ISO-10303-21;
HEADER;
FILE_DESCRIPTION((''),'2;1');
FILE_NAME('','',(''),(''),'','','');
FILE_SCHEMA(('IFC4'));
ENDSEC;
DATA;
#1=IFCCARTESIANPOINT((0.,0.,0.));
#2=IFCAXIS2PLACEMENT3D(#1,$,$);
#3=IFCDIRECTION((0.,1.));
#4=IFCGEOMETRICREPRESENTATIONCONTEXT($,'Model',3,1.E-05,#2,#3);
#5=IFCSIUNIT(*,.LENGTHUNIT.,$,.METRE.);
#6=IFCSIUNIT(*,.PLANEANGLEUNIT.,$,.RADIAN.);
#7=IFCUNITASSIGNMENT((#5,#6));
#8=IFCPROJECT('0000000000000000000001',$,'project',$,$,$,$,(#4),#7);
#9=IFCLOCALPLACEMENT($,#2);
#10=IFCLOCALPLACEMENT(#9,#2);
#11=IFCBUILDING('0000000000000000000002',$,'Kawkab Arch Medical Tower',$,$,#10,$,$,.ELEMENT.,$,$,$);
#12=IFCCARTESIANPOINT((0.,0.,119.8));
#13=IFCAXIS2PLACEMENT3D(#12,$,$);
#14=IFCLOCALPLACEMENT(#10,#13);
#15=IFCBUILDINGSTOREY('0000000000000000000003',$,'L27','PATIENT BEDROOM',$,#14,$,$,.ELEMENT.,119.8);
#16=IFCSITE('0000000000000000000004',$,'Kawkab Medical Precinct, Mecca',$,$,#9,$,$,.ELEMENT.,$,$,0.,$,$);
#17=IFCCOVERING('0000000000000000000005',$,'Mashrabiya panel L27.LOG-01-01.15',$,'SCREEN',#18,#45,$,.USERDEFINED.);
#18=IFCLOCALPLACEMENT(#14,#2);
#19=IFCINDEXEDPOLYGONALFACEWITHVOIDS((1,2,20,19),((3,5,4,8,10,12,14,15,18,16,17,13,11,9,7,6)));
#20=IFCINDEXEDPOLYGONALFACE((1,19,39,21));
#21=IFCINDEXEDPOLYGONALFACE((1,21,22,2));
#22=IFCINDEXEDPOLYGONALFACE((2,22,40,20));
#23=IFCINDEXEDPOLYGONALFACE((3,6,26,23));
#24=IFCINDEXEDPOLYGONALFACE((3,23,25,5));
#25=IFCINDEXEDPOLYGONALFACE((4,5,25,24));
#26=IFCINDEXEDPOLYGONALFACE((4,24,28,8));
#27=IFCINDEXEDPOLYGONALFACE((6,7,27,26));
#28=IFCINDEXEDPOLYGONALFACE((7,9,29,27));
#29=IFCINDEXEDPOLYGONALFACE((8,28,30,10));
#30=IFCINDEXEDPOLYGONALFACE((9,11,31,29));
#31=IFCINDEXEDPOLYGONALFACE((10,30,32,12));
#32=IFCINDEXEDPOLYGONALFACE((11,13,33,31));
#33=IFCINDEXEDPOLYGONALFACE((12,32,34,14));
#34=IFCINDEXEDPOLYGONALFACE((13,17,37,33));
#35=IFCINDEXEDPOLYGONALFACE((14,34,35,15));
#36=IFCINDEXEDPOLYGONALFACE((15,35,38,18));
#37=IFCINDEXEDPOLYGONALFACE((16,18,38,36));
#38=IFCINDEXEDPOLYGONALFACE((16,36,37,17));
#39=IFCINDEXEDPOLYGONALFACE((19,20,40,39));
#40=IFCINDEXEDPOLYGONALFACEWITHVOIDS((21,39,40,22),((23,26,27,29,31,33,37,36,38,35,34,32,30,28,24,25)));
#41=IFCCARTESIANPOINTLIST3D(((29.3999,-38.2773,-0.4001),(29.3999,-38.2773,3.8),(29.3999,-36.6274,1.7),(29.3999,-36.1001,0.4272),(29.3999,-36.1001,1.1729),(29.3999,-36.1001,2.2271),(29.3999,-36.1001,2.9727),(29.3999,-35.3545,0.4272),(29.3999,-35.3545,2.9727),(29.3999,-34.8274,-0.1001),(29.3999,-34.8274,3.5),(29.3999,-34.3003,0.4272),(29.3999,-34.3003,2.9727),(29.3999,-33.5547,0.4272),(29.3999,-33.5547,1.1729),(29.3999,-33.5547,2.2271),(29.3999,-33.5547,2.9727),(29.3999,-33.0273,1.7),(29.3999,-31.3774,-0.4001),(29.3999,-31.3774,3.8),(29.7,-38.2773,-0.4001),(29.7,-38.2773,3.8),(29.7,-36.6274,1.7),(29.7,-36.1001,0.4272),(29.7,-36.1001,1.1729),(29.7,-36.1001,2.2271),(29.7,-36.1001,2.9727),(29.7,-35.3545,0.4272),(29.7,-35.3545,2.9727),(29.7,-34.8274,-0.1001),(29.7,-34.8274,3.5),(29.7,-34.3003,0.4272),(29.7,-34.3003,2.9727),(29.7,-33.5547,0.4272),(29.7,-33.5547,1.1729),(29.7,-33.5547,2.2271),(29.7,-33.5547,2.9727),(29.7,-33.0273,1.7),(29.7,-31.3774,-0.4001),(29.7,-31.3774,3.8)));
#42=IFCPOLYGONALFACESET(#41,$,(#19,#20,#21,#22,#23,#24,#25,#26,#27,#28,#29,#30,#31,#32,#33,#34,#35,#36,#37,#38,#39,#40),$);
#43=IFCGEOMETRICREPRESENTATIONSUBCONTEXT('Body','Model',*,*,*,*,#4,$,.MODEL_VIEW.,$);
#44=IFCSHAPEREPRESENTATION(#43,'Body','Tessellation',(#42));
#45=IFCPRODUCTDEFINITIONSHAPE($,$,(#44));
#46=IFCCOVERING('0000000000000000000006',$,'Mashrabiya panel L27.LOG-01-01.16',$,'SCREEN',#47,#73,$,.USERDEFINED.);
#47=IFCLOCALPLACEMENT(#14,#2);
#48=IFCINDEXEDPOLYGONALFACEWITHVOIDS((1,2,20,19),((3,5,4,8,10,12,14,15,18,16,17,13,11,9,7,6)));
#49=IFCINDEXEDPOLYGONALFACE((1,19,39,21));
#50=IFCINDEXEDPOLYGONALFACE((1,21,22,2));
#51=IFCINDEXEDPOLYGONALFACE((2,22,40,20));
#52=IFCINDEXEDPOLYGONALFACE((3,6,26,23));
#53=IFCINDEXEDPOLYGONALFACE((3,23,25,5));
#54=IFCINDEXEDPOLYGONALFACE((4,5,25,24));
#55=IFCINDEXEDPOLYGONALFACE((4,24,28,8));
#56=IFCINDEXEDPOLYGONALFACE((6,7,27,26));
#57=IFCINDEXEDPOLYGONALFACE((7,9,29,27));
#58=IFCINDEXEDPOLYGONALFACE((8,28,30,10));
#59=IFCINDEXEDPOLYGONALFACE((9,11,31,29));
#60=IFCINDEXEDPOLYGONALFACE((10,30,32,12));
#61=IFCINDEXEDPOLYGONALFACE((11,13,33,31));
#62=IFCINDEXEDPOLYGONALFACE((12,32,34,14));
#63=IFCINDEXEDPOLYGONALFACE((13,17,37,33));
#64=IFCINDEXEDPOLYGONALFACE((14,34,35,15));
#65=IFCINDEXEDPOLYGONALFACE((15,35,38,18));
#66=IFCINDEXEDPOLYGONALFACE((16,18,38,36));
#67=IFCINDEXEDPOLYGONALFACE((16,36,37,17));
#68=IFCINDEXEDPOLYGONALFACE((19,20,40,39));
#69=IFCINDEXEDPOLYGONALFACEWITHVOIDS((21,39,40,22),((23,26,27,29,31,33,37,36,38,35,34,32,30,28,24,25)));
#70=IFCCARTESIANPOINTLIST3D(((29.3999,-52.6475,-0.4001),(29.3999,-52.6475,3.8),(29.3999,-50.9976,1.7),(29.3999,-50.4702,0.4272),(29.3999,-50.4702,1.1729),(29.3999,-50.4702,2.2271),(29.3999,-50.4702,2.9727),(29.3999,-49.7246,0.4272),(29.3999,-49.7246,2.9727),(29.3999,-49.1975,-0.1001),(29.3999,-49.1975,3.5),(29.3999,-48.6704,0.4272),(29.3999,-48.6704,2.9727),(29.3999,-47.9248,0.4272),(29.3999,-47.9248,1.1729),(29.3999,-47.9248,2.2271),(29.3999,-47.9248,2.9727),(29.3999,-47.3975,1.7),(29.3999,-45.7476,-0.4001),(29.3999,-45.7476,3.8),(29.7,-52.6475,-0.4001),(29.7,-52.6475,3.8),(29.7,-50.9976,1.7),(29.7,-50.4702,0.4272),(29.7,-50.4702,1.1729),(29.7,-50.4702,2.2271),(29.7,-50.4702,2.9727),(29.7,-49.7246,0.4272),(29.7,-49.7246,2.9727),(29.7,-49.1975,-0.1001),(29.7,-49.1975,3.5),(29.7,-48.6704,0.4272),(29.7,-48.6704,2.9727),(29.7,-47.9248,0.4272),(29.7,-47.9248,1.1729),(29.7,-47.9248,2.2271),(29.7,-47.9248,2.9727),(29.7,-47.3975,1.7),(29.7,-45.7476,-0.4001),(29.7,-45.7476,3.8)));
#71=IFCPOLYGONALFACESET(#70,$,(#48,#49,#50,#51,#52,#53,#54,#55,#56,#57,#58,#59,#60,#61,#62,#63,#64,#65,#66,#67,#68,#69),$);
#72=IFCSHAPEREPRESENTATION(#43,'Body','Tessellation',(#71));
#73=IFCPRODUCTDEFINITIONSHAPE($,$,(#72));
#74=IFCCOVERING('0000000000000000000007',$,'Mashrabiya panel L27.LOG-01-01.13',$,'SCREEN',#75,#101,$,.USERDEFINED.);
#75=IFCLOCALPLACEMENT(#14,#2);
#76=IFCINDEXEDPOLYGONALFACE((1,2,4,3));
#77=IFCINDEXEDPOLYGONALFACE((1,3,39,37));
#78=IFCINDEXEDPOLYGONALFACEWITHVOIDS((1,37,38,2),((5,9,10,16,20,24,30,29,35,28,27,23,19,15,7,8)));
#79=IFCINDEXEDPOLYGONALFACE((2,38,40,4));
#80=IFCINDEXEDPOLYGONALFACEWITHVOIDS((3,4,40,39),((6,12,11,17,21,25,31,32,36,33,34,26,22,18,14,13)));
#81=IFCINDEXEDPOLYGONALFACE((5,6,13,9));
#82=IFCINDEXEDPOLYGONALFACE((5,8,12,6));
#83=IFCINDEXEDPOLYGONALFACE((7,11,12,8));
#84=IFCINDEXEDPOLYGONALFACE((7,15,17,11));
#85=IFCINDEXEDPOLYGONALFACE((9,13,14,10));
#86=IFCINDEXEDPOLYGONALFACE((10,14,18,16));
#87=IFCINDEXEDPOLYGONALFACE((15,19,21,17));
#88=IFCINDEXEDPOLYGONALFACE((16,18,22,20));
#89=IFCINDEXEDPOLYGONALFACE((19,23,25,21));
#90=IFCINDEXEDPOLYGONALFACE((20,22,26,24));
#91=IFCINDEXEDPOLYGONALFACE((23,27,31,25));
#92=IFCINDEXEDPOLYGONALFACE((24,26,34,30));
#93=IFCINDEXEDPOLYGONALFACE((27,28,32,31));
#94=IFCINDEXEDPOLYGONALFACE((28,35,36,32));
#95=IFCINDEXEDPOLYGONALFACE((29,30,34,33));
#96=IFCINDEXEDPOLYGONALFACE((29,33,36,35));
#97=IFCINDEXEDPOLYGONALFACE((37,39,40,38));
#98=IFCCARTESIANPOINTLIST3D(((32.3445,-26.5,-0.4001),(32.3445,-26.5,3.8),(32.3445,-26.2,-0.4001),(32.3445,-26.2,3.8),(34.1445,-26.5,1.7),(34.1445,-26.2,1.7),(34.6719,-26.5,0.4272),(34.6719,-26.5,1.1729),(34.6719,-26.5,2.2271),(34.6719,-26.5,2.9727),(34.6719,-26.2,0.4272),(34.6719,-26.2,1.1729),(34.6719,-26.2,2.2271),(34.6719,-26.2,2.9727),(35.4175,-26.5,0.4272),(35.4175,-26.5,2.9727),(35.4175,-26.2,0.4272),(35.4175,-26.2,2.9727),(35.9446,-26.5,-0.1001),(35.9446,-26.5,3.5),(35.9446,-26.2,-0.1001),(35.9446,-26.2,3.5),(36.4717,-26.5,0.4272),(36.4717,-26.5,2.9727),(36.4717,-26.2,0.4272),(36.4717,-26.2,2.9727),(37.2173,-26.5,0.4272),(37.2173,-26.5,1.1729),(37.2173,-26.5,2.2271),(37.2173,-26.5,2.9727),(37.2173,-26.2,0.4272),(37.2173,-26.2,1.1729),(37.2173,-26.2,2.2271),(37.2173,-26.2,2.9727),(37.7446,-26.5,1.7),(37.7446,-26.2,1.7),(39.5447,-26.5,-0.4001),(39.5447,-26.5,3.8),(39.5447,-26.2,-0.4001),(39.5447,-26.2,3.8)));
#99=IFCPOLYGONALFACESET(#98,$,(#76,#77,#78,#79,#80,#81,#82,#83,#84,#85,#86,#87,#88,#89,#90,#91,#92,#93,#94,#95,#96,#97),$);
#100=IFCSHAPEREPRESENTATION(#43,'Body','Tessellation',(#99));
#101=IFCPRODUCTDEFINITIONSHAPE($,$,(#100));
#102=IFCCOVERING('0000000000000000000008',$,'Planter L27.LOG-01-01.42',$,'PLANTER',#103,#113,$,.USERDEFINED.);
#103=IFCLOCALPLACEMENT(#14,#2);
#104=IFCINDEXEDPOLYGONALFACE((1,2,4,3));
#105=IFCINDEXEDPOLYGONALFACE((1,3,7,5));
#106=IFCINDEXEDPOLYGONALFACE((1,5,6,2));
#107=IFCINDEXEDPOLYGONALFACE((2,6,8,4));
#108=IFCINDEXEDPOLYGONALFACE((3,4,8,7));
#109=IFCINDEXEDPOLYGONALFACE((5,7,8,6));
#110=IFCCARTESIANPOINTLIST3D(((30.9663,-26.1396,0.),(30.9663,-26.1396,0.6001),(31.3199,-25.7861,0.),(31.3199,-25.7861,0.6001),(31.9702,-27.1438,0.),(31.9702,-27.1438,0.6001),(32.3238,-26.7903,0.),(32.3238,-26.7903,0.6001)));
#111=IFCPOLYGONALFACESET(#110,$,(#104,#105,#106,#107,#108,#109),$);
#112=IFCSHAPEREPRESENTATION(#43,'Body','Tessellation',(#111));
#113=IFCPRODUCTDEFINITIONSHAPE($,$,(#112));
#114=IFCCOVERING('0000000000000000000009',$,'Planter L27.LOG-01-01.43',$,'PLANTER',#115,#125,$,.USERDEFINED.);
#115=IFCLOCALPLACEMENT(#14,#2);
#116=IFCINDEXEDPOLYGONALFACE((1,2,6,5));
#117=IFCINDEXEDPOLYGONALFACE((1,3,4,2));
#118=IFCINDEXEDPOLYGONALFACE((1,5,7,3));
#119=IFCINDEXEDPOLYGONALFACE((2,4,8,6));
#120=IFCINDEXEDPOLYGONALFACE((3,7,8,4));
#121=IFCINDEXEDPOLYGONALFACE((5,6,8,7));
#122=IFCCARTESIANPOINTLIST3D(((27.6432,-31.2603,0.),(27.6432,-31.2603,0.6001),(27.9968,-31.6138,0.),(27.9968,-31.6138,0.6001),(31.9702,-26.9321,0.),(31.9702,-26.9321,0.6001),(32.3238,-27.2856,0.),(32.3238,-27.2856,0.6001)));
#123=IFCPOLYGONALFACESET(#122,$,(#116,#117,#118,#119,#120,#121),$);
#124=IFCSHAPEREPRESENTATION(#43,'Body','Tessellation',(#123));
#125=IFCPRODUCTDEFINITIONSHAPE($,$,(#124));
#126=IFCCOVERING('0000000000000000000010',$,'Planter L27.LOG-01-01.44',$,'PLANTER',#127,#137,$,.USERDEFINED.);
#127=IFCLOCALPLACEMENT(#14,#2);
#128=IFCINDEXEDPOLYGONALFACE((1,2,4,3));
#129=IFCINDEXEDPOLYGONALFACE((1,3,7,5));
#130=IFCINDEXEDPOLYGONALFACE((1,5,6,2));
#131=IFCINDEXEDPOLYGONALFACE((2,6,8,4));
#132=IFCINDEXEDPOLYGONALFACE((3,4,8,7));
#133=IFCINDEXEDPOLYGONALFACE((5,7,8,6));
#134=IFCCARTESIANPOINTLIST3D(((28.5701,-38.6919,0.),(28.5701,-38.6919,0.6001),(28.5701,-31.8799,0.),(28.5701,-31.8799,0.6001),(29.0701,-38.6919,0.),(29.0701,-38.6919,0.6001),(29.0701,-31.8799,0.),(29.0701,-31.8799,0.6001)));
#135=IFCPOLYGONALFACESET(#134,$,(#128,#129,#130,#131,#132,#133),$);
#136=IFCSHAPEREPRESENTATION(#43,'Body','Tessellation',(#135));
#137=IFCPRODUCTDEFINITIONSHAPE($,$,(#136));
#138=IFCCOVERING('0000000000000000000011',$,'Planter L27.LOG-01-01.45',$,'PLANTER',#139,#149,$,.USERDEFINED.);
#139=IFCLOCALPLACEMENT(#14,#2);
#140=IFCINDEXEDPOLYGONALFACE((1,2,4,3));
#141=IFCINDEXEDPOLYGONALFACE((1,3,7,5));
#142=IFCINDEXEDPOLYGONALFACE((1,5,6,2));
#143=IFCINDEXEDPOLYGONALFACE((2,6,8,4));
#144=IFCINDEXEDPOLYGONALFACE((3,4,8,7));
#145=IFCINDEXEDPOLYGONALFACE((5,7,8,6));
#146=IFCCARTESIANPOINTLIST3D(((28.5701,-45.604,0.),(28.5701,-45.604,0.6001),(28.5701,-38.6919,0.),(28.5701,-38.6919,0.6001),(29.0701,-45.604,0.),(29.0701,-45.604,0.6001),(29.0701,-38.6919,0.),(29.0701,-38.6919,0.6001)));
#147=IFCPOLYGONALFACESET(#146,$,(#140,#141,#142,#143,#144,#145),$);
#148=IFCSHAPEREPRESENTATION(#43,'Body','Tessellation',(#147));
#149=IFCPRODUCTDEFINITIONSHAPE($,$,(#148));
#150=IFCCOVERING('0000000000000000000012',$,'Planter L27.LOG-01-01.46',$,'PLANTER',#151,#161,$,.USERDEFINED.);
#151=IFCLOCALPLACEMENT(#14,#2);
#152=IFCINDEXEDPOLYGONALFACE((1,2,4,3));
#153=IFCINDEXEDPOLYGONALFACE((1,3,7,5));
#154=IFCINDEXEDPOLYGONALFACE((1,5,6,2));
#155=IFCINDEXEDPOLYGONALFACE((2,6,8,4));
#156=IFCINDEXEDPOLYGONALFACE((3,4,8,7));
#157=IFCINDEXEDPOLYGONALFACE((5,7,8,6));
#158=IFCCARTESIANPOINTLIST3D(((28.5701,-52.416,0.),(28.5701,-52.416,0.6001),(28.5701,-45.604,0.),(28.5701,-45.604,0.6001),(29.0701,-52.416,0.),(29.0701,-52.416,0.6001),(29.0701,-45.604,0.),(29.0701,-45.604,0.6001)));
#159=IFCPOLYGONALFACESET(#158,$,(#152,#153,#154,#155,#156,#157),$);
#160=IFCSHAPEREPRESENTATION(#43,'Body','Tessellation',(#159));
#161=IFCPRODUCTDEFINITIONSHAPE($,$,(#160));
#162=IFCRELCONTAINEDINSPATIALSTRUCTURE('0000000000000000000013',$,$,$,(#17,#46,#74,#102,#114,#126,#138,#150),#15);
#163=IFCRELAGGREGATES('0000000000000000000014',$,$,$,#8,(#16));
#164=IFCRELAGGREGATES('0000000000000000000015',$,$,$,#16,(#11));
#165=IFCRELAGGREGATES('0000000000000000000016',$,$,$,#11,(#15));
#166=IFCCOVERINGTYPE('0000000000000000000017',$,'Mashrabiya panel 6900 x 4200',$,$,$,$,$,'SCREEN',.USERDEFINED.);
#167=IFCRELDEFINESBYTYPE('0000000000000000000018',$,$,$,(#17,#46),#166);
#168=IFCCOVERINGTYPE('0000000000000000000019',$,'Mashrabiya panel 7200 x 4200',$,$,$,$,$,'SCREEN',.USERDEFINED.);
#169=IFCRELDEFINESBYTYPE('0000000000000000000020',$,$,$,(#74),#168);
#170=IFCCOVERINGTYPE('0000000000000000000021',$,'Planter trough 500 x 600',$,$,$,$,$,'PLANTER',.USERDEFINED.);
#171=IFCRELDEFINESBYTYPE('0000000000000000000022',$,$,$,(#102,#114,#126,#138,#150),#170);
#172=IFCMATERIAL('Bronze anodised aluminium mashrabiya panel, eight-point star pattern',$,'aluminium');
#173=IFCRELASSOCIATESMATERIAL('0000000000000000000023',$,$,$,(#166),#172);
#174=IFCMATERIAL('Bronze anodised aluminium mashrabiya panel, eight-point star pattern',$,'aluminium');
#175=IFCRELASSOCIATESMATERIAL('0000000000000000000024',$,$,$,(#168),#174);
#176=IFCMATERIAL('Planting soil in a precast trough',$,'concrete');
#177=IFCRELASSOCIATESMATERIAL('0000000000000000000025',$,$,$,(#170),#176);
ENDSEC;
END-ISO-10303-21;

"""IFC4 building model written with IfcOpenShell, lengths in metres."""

from ifc_helpers import new_model, si_unit, direction, frame, origin, origin_2d, place, context, subcontext, project, spatial, polyline, rectangle, outline, extrude, material, material_profile, profile_set, type_object, element, save


model = new_model("IFC4")

# Units and contexts
model_context = context("Model", 3, precision=1e-05, world=origin(), true_north=direction((0.0, 1.0)))
body_context = subcontext(model_context, "Body", "Model", "MODEL_VIEW")
ifc_project = project(units=[si_unit("LENGTHUNIT", "METRE"), si_unit("PLANEANGLEUNIT", "RADIAN")], contexts=[model_context])

# Site, building, storey
site_placement = place(None, origin())
site = spatial("IfcSite", under=ifc_project, at=site_placement, Name="Kawkab Medical Precinct, Mecca", CompositionType="ELEMENT", RefElevation=0.0)
building_placement = place(site_placement, origin())
building = spatial("IfcBuilding", under=site, at=building_placement, Name="Kawkab Arch Medical Tower", CompositionType="ELEMENT")
storey_placement = place(building_placement, frame((0.0, 0.0, 119.8)))
storey = spatial("IfcBuildingStorey", under=building, at=storey_placement, Name="L27", Description="PATIENT BEDROOM", CompositionType="ELEMENT", Elevation=119.8)

# Coverings
ifc_material_1 = material(Name="Bronze anodised aluminium mashrabiya panel, eight-point star pattern", Category="aluminium")
ifc_material_profile_1 = material_profile(ifc_material_1, outline(polyline([(-3.45, -2.1001), (3.45, -2.1001), (3.45, 2.1001), (-3.45, 2.1001), (-3.45, -2.1001)]), holes=[polyline([(1.8, 0.0), (1.2727, 0.5271), (1.2727, 1.2727), (0.5271, 1.2727), (0.0, 1.8), (-0.5271, 1.2727), (-1.2727, 1.2727), (-1.2727, 0.5271), (-1.8, 0.0), (-1.2727, -0.5271), (-1.2727, -1.2727), (-0.5271, -1.2727), (0.0, -1.8), (0.5271, -1.2727), (1.2727, -1.2727), (1.2727, -0.5271), (1.8, 0.0)])]), Name="Mashrabiya panel 6900x4200")
ifc_profile_set_1 = profile_set([ifc_material_profile_1], Name="Bronze anodised aluminium mashrabiya panel, eight-point star pattern")
covering_type_1 = type_object("IfcCoveringType", Name="Mashrabiya panel 6900 x 4200", ElementType="SCREEN", PredefinedType="USERDEFINED", material=ifc_profile_set_1)
for number, where, z_axis, x_axis, name in (
    (1, (29.3999, -34.8274, 1.7), (1.0, 0.0, 0.0), (0.0, 1.0, 0.0), "Mashrabiya panel L27.LOG-01-01.15"),
    (2, (29.3999, -49.1975, 1.7), (1.0, 0.0, 0.0), (0.0, 1.0, 0.0), "Mashrabiya panel L27.LOG-01-01.16"),
):
    element("IfcCovering", number, at=place(storey_placement, frame(where, z_axis=z_axis, x_axis=x_axis)), inside=storey, type_object=covering_type_1, Name=name, ObjectType="SCREEN", PredefinedType="USERDEFINED", context=body_context, shape_type="SweptSolid", body=[
        extrude(outline(polyline([(-3.45, -2.1001), (3.45, -2.1001), (3.45, 2.1001), (-3.45, 2.1001), (-3.45, -2.1001)]), holes=[polyline([(1.8, 0.0), (1.2727, 0.5271), (1.2727, 1.2727), (0.5271, 1.2727), (0.0, 1.8), (-0.5271, 1.2727), (-1.2727, 1.2727), (-1.2727, 0.5271), (-1.8, 0.0), (-1.2727, -0.5271), (-1.2727, -1.2727), (-0.5271, -1.2727), (0.0, -1.8), (0.5271, -1.2727), (1.2727, -1.2727), (1.2727, -0.5271), (1.8, 0.0)])]), origin(), (0.0, 0.0, 1.0), 0.3),
    ])
ifc_material_2 = material(Name="Bronze anodised aluminium mashrabiya panel, eight-point star pattern", Category="aluminium")
ifc_material_profile_2 = material_profile(ifc_material_2, outline(polyline([(-3.6001, -2.1001), (3.6001, -2.1001), (3.6001, 2.1001), (-3.6001, 2.1001), (-3.6001, -2.1001)]), holes=[polyline([(1.8, 0.0), (1.2727, 0.5271), (1.2727, 1.2727), (0.5271, 1.2727), (0.0, 1.8), (-0.5271, 1.2727), (-1.2727, 1.2727), (-1.2727, 0.5271), (-1.8, 0.0), (-1.2727, -0.5271), (-1.2727, -1.2727), (-0.5271, -1.2727), (0.0, -1.8), (0.5271, -1.2727), (1.2727, -1.2727), (1.2727, -0.5271), (1.8, 0.0)])]), Name="Mashrabiya panel 7200x4200")
ifc_profile_set_2 = profile_set([ifc_material_profile_2], Name="Bronze anodised aluminium mashrabiya panel, eight-point star pattern")
covering_type_2 = type_object("IfcCoveringType", Name="Mashrabiya panel 7200 x 4200", ElementType="SCREEN", PredefinedType="USERDEFINED", material=ifc_profile_set_2)
covering_1_placement = place(storey_placement, frame((35.9446, -26.2, 1.7), z_axis=(0.0, -1.0, 0.0), x_axis=(1.0, 0.0, 0.0)))
element("IfcCovering", 3, at=covering_1_placement, inside=storey, type_object=covering_type_2, Name="Mashrabiya panel L27.LOG-01-01.13", ObjectType="SCREEN", PredefinedType="USERDEFINED", context=body_context, shape_type="SweptSolid", body=[
    extrude(outline(polyline([(-3.6001, -2.1001), (3.6001, -2.1001), (3.6001, 2.1001), (-3.6001, 2.1001), (-3.6001, -2.1001)]), holes=[polyline([(1.8, 0.0), (1.2727, 0.5271), (1.2727, 1.2727), (0.5271, 1.2727), (0.0, 1.8), (-0.5271, 1.2727), (-1.2727, 1.2727), (-1.2727, 0.5271), (-1.8, 0.0), (-1.2727, -0.5271), (-1.2727, -1.2727), (-0.5271, -1.2727), (0.0, -1.8), (0.5271, -1.2727), (1.2727, -1.2727), (1.2727, -0.5271), (1.8, 0.0)])]), origin(), (0.0, 0.0, 1.0), 0.3),
])
ifc_material_3 = material(Name="Planting soil in a precast trough", Category="concrete")
ifc_material_profile_3 = material_profile(ifc_material_3, rectangle(XDim=0.5, YDim=0.6001, at=origin_2d()), Name="Trough 500x600")
ifc_profile_set_3 = profile_set([ifc_material_profile_3], Name="Planting soil in a precast trough")
covering_type_3 = type_object("IfcCoveringType", Name="Planter trough 500 x 600", ElementType="PLANTER", PredefinedType="USERDEFINED", material=ifc_profile_set_3)
covering_2_placement = place(storey_placement, frame((31.1431, -25.9629, 0.3), z_axis=(0.707021, -0.707193, 0.0), x_axis=(0.707193, 0.707021, 0.0)))
element("IfcCovering", 4, at=covering_2_placement, inside=storey, type_object=covering_type_3, Name="Planter L27.LOG-01-01.42", ObjectType="PLANTER", PredefinedType="USERDEFINED", context=body_context, shape_type="SweptSolid", body=[
    extrude(rectangle(XDim=0.5, YDim=0.6001, at=origin_2d()), origin(), (0.0, 0.0, 1.0), 1.4199),
])
covering_3_placement = place(storey_placement, frame((32.147, -27.1089, 0.3), z_axis=(-0.707007, -0.707207, 0.0), x_axis=(0.707207, -0.707007, 0.0)))
element("IfcCovering", 5, at=covering_3_placement, inside=storey, type_object=covering_type_3, Name="Planter L27.LOG-01-01.43", ObjectType="PLANTER", PredefinedType="USERDEFINED", context=body_context, shape_type="SweptSolid", body=[
    extrude(rectangle(XDim=0.5, YDim=0.6001, at=origin_2d()), origin(), (0.0, 0.0, 1.0), 6.1201),
])
covering_4_placement = place(storey_placement, frame((28.8201, -31.8799, 0.3), z_axis=(0.0, -1.0, 0.0), x_axis=(1.0, 0.0, 0.0)))
element("IfcCovering", 6, at=covering_4_placement, inside=storey, type_object=covering_type_3, Name="Planter L27.LOG-01-01.44", ObjectType="PLANTER", PredefinedType="USERDEFINED", context=body_context, shape_type="SweptSolid", body=[
    extrude(rectangle(XDim=0.5, YDim=0.6001, at=origin_2d()), origin(), (0.0, 0.0, 1.0), 6.812),
])
covering_5_placement = place(storey_placement, frame((28.8201, -38.6919, 0.3), z_axis=(0.0, -1.0, 0.0), x_axis=(1.0, 0.0, 0.0)))
element("IfcCovering", 7, at=covering_5_placement, inside=storey, type_object=covering_type_3, Name="Planter L27.LOG-01-01.45", ObjectType="PLANTER", PredefinedType="USERDEFINED", context=body_context, shape_type="SweptSolid", body=[
    extrude(rectangle(XDim=0.5, YDim=0.6001, at=origin_2d()), origin(), (0.0, 0.0, 1.0), 6.9121),
])
covering_6_placement = place(storey_placement, frame((28.8201, -45.604, 0.3), z_axis=(0.0, -1.0, 0.0), x_axis=(1.0, 0.0, 0.0)))
element("IfcCovering", 8, at=covering_6_placement, inside=storey, type_object=covering_type_3, Name="Planter L27.LOG-01-01.46", ObjectType="PLANTER", PredefinedType="USERDEFINED", context=body_context, shape_type="SweptSolid", body=[
    extrude(rectangle(XDim=0.5, YDim=0.6001, at=origin_2d()), origin(), (0.0, 0.0, 1.0), 6.812),
])

save(model, "model.ifc")
